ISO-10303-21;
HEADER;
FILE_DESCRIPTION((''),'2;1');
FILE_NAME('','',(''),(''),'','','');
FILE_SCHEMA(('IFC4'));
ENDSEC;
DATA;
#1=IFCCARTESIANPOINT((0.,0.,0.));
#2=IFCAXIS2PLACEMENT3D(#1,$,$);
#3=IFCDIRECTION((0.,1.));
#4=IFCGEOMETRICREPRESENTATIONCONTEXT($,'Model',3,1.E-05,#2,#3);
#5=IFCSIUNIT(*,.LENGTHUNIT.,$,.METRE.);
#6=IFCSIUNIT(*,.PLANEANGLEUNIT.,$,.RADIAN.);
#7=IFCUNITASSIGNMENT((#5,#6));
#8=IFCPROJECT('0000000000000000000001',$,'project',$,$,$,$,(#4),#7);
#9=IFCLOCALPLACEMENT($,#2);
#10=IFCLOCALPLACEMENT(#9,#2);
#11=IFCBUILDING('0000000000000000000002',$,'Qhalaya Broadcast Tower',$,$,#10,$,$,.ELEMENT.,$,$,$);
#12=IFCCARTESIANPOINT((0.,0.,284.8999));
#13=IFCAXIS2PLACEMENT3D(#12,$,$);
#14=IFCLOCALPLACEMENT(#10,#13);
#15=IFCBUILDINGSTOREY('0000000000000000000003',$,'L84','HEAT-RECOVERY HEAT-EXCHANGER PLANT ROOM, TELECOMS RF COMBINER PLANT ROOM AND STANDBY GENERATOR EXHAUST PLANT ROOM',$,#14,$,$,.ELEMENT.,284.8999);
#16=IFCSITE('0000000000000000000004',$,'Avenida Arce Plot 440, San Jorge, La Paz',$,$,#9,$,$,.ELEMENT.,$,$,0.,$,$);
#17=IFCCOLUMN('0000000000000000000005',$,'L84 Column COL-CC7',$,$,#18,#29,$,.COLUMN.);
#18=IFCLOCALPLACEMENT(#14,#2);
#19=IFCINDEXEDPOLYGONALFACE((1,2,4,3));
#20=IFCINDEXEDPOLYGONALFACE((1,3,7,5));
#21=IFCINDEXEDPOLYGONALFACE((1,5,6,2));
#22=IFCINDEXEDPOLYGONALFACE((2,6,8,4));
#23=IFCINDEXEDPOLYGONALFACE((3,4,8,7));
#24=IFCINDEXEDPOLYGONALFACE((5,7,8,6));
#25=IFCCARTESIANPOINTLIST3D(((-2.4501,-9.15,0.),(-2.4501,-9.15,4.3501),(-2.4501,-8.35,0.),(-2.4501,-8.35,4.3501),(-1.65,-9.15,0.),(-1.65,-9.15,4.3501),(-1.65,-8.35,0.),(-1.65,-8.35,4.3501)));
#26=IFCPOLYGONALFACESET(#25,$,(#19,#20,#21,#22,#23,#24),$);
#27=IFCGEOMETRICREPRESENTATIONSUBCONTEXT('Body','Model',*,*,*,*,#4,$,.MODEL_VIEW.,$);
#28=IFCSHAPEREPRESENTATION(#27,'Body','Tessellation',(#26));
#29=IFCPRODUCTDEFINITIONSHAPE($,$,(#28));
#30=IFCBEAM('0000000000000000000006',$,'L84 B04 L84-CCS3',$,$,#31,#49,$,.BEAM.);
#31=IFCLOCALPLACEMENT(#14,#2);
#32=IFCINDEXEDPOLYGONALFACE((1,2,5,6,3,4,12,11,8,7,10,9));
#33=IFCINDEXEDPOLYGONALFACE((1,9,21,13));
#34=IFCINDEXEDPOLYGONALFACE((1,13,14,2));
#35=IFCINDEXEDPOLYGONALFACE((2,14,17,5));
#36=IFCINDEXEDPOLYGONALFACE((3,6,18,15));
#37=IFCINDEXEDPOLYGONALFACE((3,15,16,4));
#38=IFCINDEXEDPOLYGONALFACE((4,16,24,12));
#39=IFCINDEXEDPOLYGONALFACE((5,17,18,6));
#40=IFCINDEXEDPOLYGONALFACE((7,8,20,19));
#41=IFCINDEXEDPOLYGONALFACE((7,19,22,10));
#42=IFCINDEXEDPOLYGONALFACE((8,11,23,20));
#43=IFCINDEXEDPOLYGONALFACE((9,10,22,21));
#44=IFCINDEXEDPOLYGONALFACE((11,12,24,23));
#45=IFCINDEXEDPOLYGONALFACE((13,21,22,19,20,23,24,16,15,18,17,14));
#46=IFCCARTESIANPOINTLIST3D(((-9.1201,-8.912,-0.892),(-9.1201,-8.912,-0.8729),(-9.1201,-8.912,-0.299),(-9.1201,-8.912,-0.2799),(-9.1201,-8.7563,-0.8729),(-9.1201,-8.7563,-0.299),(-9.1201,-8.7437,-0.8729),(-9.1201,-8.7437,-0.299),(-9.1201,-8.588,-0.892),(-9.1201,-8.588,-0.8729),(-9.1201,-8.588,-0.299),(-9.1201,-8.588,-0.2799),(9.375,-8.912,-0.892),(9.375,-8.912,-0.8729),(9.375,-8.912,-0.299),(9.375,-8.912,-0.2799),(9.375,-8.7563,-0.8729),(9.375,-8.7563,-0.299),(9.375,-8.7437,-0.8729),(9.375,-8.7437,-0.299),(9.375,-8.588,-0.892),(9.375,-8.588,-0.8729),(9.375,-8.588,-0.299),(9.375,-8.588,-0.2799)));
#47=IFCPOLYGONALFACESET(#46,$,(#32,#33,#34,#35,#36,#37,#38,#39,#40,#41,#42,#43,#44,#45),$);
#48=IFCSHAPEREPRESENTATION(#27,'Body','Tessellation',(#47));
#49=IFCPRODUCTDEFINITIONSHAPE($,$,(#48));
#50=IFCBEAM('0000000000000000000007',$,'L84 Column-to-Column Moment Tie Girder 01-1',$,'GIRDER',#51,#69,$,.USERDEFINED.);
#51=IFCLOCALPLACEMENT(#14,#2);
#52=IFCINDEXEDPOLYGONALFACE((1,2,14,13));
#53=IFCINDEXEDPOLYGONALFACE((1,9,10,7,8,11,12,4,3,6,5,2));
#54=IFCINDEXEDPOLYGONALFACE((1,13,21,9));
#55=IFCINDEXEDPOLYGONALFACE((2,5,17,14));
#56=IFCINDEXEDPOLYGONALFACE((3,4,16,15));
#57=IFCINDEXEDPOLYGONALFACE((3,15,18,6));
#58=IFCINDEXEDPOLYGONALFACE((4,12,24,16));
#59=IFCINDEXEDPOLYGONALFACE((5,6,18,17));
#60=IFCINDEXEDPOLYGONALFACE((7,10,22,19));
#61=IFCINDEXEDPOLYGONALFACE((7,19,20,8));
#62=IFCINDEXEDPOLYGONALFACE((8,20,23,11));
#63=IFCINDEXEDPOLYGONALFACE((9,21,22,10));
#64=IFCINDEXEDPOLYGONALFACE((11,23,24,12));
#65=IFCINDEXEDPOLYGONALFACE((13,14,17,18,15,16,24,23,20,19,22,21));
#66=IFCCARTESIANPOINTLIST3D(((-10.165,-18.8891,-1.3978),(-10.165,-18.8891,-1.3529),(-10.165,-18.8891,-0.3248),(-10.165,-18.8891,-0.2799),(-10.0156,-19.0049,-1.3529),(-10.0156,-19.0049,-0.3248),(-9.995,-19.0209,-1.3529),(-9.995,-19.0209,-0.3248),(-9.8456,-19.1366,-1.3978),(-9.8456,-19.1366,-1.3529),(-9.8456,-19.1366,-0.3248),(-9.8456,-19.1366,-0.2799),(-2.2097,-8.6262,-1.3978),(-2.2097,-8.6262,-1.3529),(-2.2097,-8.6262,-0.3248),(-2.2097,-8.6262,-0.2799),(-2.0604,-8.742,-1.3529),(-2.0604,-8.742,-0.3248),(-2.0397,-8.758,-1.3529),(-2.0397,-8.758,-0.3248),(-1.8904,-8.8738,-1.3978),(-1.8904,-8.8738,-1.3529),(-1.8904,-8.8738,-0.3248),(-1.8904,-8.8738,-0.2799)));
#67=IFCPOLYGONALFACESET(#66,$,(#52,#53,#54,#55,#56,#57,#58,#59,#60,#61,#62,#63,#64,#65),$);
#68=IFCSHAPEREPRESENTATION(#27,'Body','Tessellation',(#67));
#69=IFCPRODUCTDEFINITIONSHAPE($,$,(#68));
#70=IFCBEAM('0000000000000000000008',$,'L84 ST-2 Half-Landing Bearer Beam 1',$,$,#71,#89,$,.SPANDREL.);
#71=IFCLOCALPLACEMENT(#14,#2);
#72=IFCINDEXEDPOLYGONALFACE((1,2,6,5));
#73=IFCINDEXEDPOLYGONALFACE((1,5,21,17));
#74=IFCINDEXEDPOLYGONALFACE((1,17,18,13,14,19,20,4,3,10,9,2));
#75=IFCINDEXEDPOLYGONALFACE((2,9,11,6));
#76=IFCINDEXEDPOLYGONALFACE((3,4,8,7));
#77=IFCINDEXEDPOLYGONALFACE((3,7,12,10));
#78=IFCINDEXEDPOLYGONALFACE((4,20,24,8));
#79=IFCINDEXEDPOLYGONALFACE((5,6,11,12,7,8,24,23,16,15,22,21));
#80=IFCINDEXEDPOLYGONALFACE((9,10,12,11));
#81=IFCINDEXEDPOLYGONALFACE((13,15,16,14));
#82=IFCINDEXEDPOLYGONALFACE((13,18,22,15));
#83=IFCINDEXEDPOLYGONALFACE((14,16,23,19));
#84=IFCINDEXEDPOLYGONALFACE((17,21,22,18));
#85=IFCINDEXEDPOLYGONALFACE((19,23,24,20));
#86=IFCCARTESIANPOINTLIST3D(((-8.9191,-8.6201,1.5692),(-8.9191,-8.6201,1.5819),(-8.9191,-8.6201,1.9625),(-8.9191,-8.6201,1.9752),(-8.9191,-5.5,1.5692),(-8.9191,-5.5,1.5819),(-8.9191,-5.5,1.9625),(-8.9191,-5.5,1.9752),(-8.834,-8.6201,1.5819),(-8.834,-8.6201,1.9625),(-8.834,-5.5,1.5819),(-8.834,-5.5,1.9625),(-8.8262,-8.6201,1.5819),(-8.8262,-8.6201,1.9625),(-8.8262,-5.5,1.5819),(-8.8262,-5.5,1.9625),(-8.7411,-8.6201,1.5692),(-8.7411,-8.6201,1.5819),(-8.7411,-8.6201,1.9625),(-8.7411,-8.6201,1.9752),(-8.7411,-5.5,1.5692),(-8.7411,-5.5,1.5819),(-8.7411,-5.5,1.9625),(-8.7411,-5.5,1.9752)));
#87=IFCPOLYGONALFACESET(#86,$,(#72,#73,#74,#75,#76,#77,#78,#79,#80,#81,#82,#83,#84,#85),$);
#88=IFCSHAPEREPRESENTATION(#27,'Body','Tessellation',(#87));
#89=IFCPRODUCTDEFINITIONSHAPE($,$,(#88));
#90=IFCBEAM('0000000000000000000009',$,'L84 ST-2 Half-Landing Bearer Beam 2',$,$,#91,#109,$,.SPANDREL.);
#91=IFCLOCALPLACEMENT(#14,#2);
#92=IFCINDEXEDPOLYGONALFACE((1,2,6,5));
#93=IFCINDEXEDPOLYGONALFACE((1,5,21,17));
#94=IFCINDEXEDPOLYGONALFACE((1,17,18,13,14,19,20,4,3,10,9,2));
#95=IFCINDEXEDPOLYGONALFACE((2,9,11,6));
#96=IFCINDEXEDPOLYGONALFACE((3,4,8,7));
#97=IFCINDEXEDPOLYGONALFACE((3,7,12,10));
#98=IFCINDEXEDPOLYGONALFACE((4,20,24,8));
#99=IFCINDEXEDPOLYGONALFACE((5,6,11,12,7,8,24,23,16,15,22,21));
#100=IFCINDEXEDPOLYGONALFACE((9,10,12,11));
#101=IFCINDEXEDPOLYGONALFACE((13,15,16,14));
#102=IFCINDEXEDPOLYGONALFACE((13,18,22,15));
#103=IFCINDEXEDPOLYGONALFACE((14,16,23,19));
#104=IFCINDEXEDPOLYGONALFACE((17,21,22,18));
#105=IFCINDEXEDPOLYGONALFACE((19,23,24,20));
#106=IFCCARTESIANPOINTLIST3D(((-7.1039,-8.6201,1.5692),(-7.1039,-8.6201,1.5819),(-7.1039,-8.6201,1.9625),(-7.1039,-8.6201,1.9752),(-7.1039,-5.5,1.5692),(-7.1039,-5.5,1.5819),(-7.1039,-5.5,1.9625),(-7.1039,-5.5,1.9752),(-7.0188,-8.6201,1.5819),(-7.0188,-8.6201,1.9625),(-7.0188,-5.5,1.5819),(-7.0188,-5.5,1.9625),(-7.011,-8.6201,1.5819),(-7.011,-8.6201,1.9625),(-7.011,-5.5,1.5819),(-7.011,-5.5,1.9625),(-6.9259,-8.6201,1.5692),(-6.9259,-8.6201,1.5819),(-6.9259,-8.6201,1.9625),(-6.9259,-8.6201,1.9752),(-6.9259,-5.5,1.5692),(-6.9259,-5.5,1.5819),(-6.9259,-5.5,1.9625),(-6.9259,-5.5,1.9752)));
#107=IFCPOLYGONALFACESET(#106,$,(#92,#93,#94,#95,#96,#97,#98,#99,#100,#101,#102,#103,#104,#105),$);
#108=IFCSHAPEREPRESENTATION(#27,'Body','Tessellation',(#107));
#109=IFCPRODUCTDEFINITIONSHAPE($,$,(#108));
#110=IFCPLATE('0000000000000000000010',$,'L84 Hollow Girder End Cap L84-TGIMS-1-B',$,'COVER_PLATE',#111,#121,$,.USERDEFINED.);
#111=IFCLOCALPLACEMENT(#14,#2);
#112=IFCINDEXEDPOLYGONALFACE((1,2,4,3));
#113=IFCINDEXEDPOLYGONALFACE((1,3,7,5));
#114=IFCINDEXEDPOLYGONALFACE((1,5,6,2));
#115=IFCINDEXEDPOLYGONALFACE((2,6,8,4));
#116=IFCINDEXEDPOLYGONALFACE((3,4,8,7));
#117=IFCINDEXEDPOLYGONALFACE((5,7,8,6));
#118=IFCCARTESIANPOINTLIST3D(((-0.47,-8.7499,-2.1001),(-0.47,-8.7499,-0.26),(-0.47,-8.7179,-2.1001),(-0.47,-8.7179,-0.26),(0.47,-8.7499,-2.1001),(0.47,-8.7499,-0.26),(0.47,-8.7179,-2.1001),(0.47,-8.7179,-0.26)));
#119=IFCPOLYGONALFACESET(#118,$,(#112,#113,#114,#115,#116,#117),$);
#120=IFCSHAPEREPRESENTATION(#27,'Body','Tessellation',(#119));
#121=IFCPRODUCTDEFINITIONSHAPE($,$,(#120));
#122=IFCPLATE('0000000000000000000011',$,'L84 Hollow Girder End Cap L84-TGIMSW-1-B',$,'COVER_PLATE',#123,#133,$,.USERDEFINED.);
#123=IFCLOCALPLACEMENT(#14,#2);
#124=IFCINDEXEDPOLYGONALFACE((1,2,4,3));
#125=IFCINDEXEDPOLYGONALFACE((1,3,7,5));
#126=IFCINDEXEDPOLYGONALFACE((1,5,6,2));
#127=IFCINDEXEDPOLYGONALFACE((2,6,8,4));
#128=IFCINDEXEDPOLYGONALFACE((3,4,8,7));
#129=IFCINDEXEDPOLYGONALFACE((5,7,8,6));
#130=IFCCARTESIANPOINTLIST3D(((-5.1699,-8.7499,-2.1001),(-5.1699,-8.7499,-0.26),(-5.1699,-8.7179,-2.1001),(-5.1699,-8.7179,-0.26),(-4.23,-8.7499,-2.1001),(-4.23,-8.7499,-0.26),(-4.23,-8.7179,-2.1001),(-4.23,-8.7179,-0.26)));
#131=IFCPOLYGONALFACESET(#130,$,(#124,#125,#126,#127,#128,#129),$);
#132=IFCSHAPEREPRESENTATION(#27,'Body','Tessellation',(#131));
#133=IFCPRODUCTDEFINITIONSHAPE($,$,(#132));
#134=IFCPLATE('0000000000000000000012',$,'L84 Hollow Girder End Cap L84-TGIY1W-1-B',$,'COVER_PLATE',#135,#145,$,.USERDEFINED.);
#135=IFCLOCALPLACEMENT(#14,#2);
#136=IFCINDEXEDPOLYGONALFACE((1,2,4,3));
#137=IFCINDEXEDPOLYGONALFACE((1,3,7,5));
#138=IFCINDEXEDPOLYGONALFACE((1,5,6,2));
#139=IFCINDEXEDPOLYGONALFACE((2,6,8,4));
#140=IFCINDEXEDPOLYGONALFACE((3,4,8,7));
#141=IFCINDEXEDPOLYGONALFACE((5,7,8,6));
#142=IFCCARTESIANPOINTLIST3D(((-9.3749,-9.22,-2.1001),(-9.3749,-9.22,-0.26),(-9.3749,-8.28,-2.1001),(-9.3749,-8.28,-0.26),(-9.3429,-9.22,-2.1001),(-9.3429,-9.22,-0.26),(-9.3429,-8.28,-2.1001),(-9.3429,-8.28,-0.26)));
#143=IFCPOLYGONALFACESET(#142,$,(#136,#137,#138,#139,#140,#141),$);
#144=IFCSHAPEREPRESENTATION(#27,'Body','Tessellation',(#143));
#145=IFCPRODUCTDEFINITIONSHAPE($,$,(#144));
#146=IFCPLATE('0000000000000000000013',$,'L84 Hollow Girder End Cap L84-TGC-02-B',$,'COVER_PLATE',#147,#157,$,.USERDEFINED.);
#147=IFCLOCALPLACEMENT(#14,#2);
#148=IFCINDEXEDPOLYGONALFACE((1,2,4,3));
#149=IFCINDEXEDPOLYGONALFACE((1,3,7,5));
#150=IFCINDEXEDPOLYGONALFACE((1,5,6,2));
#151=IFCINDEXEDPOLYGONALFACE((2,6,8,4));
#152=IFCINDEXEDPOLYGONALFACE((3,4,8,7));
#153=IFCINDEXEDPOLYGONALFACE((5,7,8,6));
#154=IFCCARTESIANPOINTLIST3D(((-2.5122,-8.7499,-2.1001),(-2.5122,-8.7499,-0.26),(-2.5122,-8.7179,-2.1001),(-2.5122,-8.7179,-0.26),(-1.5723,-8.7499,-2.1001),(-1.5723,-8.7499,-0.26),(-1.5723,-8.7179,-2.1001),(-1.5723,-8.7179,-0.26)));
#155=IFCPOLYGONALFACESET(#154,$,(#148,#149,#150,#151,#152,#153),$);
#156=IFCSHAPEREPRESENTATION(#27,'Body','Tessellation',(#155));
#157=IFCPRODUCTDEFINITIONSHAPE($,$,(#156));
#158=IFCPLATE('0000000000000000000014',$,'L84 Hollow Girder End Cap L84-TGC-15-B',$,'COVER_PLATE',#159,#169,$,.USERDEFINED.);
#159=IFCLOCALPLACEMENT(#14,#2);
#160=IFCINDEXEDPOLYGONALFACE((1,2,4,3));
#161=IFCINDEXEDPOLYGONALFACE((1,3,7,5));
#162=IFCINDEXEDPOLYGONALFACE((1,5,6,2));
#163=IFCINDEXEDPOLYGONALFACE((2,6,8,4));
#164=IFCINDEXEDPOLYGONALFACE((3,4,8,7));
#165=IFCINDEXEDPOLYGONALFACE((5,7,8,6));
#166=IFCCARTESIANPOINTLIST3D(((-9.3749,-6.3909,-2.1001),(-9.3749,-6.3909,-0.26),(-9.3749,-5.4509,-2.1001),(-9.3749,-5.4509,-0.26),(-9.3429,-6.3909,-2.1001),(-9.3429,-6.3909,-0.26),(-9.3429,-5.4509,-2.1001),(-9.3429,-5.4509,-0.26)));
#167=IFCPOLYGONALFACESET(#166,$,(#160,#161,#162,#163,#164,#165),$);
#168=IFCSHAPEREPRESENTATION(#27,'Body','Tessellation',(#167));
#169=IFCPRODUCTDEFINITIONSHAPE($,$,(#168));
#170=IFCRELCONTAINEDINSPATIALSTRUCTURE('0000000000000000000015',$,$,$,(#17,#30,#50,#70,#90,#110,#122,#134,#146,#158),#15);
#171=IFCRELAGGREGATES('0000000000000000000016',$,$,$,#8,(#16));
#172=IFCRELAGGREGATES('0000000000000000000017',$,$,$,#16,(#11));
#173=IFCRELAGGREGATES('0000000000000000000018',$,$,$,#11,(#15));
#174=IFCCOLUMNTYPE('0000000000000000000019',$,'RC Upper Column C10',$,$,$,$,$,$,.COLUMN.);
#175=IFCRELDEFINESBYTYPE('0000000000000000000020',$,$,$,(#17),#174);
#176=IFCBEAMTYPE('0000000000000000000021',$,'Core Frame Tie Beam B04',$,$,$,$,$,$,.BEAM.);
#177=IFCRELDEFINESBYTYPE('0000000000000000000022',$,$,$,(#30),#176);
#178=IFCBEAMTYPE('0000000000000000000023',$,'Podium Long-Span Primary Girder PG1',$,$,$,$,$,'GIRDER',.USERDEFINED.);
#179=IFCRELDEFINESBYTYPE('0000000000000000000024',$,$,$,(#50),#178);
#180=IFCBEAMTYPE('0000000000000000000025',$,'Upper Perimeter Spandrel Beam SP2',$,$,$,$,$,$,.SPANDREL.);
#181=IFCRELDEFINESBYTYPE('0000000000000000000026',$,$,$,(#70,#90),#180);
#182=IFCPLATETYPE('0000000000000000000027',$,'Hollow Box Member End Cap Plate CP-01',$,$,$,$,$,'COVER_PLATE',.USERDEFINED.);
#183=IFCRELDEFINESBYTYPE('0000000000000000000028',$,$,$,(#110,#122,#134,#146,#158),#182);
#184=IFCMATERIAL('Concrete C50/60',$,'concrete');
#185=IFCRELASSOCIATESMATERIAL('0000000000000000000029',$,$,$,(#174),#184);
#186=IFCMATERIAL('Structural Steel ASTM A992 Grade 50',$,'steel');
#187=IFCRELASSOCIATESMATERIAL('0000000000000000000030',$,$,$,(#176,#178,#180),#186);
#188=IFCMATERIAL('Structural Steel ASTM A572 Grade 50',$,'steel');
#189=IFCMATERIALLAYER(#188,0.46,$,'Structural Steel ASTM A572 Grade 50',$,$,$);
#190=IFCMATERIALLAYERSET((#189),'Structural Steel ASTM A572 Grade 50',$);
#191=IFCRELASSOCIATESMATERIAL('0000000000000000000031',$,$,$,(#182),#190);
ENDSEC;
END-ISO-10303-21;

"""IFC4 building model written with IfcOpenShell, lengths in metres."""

from ifc_helpers import new_model, si_unit, direction, frame, origin, origin_2d, place, context, subcontext, project, spatial, rectangle, i_section, extrude, material, layer, layer_set, material_profile, profile_set, type_object, element, save


model = new_model("IFC4")

# Units and contexts
model_context = context("Model", 3, precision=1e-05, world=origin(), true_north=direction((0.0, 1.0)))
body_context = subcontext(model_context, "Body", "Model", "MODEL_VIEW")
ifc_project = project(units=[si_unit("LENGTHUNIT", "METRE"), si_unit("PLANEANGLEUNIT", "RADIAN")], contexts=[model_context])

# Site, building, storey
site_placement = place(None, origin())
site = spatial("IfcSite", under=ifc_project, at=site_placement, Name="Avenida Arce Plot 440, San Jorge, La Paz", CompositionType="ELEMENT", RefElevation=0.0)
building_placement = place(site_placement, origin())
building = spatial("IfcBuilding", under=site, at=building_placement, Name="Qhalaya Broadcast Tower", CompositionType="ELEMENT")
storey_placement = place(building_placement, frame((0.0, 0.0, 284.8999)))
storey = spatial("IfcBuildingStorey", under=building, at=storey_placement, Name="L84", Description="HEAT-RECOVERY HEAT-EXCHANGER PLANT ROOM, TELECOMS RF COMBINER PLANT ROOM AND STANDBY GENERATOR EXHAUST PLANT ROOM", CompositionType="ELEMENT", Elevation=284.8999)

# Column
ifc_material_1 = material(Name="Concrete C50/60", Category="concrete")
ifc_material_profile_1 = material_profile(ifc_material_1, rectangle(XDim=0.8, YDim=0.8, at=origin_2d()), Name="RC-COL 800x800")
ifc_profile_set_1 = profile_set([ifc_material_profile_1], Name="Concrete C50/60")
column_type = type_object("IfcColumnType", Name="RC Upper Column C10", PredefinedType="COLUMN", material=ifc_profile_set_1)
column_placement = place(storey_placement, frame((-2.05, -8.75, 0.0), z_axis=(0.0, 0.0, 1.0), x_axis=(1.0, 0.0, 0.0)))
element("IfcColumn", 1, at=column_placement, inside=storey, type_object=column_type, Name="L84 Column COL-CC7", PredefinedType="COLUMN", context=body_context, shape_type="SweptSolid", body=[
    extrude(rectangle(XDim=0.8, YDim=0.8, at=origin_2d()), origin(), (0.0, 0.0, 1.0), 4.3501),
])

# Beams
ifc_material_2 = material(Name="Structural Steel ASTM A992 Grade 50", Category="steel")
ifc_material_profile_2 = material_profile(ifc_material_2, i_section(OverallWidth=0.324, OverallDepth=0.6121, WebThickness=0.0127, FlangeThickness=0.019, at=origin_2d()), Name="W24X104")
ifc_profile_set_2 = profile_set([ifc_material_profile_2], Name="Structural Steel ASTM A992 Grade 50")
beam_type_1 = type_object("IfcBeamType", Name="Core Frame Tie Beam B04", PredefinedType="BEAM", material=ifc_profile_set_2)
beam_1_placement = place(storey_placement, frame((-9.1201, -8.75, -0.5859), z_axis=(1.0, 0.0, 0.0), x_axis=(0.0, 1.0, 0.0)))
element("IfcBeam", 2, at=beam_1_placement, inside=storey, type_object=beam_type_1, Name="L84 B04 L84-CCS3", PredefinedType="BEAM", context=body_context, shape_type="SweptSolid", body=[
    extrude(i_section(OverallWidth=0.324, OverallDepth=0.6121, WebThickness=0.0127, FlangeThickness=0.019, at=origin_2d()), origin(), (0.0, 0.0, 1.0), 18.4951),
])
ifc_material_profile_3 = material_profile(ifc_material_2, i_section(OverallWidth=0.4041, OverallDepth=1.1179, WebThickness=0.0261, FlangeThickness=0.0449, at=origin_2d()), Name="W44X335")
ifc_profile_set_3 = profile_set([ifc_material_profile_3], Name="Structural Steel ASTM A992 Grade 50")
beam_type_2 = type_object("IfcBeamType", Name="Podium Long-Span Primary Girder PG1", ElementType="GIRDER", PredefinedType="USERDEFINED", material=ifc_profile_set_3)
beam_2_placement = place(storey_placement, frame((-2.05, -8.75, -0.8389), z_axis=(-0.612646, -0.790357, 0.0), x_axis=(0.790357, -0.612646, 0.0)))
element("IfcBeam", 3, at=beam_2_placement, inside=storey, type_object=beam_type_2, Name="L84 Column-to-Column Moment Tie Girder 01-1", ObjectType="GIRDER", PredefinedType="USERDEFINED", context=body_context, shape_type="SweptSolid", body=[
    extrude(i_section(OverallWidth=0.4041, OverallDepth=1.1179, WebThickness=0.0261, FlangeThickness=0.0449, at=origin_2d()), origin(), (0.0, 0.0, 1.0), 12.9851),
])
ifc_material_profile_4 = material_profile(ifc_material_2, i_section(OverallWidth=0.178, OverallDepth=0.406, WebThickness=0.0078, FlangeThickness=0.0127, at=origin_2d()), Name="W16X40")
ifc_profile_set_4 = profile_set([ifc_material_profile_4], Name="Structural Steel ASTM A992 Grade 50")
beam_type_3 = type_object("IfcBeamType", Name="Upper Perimeter Spandrel Beam SP2", PredefinedType="SPANDREL", material=ifc_profile_set_4)
for number, where, z_axis, x_axis, name in (
    (4, (-8.8301, -8.6201, 1.7722), (0.0, 1.0, 0.0), (-1.0, 0.0, 0.0), "L84 ST-2 Half-Landing Bearer Beam 1"),
    (5, (-7.0149, -8.6201, 1.7722), (0.0, 1.0, 0.0), (-1.0, 0.0, 0.0), "L84 ST-2 Half-Landing Bearer Beam 2"),
):
    element("IfcBeam", number, at=place(storey_placement, frame(where, z_axis=z_axis, x_axis=x_axis)), inside=storey, type_object=beam_type_3, Name=name, PredefinedType="SPANDREL", context=body_context, shape_type="SweptSolid", body=[
        extrude(i_section(OverallWidth=0.178, OverallDepth=0.406, WebThickness=0.0078, FlangeThickness=0.0127, at=origin_2d()), origin(), (0.0, 0.0, 1.0), 3.1201),
    ])

# Plates
ifc_material_3 = material(Name="Structural Steel ASTM A572 Grade 50", Category="steel")
ifc_layer_1 = layer(ifc_material_3, 0.46, Name="Structural Steel ASTM A572 Grade 50")
ifc_layer_set_1 = layer_set([ifc_layer_1], Name="Structural Steel ASTM A572 Grade 50")
plate_type = type_object("IfcPlateType", Name="Hollow Box Member End Cap Plate CP-01", ElementType="COVER_PLATE", PredefinedType="USERDEFINED", material=ifc_layer_set_1)
for number, where, z_axis, x_axis, name in (
    (6, (0.0, -8.7339, -2.1001), (0.0, 0.0, 1.0), (-1.0, 0.0, 0.0), "L84 Hollow Girder End Cap L84-TGIMS-1-B"),
    (7, (-4.7, -8.7339, -2.1001), (0.0, 0.0, 1.0), (-1.0, 0.0, 0.0), "L84 Hollow Girder End Cap L84-TGIMSW-1-B"),
    (8, (-9.3589, -8.75, -2.1001), (0.0, 0.0, 1.0), (0.0, 1.0, 0.0), "L84 Hollow Girder End Cap L84-TGIY1W-1-B"),
    (9, (-2.0422, -8.7339, -2.1001), (0.0, 0.0, 1.0), (-1.0, 0.0, 0.0), "L84 Hollow Girder End Cap L84-TGC-02-B"),
    (10, (-9.3589, -5.9209, -2.1001), (0.0, 0.0, 1.0), (0.0, 1.0, 0.0), "L84 Hollow Girder End Cap L84-TGC-15-B"),
):
    element("IfcPlate", number, at=place(storey_placement, frame(where, z_axis=z_axis, x_axis=x_axis)), inside=storey, type_object=plate_type, Name=name, ObjectType="COVER_PLATE", PredefinedType="USERDEFINED", context=body_context, shape_type="SweptSolid", body=[
        extrude(rectangle(XDim=0.9399, YDim=0.032, at=origin_2d()), origin(), (0.0, 0.0, 1.0), 1.8401),
    ])

save(model, "model.ifc")
